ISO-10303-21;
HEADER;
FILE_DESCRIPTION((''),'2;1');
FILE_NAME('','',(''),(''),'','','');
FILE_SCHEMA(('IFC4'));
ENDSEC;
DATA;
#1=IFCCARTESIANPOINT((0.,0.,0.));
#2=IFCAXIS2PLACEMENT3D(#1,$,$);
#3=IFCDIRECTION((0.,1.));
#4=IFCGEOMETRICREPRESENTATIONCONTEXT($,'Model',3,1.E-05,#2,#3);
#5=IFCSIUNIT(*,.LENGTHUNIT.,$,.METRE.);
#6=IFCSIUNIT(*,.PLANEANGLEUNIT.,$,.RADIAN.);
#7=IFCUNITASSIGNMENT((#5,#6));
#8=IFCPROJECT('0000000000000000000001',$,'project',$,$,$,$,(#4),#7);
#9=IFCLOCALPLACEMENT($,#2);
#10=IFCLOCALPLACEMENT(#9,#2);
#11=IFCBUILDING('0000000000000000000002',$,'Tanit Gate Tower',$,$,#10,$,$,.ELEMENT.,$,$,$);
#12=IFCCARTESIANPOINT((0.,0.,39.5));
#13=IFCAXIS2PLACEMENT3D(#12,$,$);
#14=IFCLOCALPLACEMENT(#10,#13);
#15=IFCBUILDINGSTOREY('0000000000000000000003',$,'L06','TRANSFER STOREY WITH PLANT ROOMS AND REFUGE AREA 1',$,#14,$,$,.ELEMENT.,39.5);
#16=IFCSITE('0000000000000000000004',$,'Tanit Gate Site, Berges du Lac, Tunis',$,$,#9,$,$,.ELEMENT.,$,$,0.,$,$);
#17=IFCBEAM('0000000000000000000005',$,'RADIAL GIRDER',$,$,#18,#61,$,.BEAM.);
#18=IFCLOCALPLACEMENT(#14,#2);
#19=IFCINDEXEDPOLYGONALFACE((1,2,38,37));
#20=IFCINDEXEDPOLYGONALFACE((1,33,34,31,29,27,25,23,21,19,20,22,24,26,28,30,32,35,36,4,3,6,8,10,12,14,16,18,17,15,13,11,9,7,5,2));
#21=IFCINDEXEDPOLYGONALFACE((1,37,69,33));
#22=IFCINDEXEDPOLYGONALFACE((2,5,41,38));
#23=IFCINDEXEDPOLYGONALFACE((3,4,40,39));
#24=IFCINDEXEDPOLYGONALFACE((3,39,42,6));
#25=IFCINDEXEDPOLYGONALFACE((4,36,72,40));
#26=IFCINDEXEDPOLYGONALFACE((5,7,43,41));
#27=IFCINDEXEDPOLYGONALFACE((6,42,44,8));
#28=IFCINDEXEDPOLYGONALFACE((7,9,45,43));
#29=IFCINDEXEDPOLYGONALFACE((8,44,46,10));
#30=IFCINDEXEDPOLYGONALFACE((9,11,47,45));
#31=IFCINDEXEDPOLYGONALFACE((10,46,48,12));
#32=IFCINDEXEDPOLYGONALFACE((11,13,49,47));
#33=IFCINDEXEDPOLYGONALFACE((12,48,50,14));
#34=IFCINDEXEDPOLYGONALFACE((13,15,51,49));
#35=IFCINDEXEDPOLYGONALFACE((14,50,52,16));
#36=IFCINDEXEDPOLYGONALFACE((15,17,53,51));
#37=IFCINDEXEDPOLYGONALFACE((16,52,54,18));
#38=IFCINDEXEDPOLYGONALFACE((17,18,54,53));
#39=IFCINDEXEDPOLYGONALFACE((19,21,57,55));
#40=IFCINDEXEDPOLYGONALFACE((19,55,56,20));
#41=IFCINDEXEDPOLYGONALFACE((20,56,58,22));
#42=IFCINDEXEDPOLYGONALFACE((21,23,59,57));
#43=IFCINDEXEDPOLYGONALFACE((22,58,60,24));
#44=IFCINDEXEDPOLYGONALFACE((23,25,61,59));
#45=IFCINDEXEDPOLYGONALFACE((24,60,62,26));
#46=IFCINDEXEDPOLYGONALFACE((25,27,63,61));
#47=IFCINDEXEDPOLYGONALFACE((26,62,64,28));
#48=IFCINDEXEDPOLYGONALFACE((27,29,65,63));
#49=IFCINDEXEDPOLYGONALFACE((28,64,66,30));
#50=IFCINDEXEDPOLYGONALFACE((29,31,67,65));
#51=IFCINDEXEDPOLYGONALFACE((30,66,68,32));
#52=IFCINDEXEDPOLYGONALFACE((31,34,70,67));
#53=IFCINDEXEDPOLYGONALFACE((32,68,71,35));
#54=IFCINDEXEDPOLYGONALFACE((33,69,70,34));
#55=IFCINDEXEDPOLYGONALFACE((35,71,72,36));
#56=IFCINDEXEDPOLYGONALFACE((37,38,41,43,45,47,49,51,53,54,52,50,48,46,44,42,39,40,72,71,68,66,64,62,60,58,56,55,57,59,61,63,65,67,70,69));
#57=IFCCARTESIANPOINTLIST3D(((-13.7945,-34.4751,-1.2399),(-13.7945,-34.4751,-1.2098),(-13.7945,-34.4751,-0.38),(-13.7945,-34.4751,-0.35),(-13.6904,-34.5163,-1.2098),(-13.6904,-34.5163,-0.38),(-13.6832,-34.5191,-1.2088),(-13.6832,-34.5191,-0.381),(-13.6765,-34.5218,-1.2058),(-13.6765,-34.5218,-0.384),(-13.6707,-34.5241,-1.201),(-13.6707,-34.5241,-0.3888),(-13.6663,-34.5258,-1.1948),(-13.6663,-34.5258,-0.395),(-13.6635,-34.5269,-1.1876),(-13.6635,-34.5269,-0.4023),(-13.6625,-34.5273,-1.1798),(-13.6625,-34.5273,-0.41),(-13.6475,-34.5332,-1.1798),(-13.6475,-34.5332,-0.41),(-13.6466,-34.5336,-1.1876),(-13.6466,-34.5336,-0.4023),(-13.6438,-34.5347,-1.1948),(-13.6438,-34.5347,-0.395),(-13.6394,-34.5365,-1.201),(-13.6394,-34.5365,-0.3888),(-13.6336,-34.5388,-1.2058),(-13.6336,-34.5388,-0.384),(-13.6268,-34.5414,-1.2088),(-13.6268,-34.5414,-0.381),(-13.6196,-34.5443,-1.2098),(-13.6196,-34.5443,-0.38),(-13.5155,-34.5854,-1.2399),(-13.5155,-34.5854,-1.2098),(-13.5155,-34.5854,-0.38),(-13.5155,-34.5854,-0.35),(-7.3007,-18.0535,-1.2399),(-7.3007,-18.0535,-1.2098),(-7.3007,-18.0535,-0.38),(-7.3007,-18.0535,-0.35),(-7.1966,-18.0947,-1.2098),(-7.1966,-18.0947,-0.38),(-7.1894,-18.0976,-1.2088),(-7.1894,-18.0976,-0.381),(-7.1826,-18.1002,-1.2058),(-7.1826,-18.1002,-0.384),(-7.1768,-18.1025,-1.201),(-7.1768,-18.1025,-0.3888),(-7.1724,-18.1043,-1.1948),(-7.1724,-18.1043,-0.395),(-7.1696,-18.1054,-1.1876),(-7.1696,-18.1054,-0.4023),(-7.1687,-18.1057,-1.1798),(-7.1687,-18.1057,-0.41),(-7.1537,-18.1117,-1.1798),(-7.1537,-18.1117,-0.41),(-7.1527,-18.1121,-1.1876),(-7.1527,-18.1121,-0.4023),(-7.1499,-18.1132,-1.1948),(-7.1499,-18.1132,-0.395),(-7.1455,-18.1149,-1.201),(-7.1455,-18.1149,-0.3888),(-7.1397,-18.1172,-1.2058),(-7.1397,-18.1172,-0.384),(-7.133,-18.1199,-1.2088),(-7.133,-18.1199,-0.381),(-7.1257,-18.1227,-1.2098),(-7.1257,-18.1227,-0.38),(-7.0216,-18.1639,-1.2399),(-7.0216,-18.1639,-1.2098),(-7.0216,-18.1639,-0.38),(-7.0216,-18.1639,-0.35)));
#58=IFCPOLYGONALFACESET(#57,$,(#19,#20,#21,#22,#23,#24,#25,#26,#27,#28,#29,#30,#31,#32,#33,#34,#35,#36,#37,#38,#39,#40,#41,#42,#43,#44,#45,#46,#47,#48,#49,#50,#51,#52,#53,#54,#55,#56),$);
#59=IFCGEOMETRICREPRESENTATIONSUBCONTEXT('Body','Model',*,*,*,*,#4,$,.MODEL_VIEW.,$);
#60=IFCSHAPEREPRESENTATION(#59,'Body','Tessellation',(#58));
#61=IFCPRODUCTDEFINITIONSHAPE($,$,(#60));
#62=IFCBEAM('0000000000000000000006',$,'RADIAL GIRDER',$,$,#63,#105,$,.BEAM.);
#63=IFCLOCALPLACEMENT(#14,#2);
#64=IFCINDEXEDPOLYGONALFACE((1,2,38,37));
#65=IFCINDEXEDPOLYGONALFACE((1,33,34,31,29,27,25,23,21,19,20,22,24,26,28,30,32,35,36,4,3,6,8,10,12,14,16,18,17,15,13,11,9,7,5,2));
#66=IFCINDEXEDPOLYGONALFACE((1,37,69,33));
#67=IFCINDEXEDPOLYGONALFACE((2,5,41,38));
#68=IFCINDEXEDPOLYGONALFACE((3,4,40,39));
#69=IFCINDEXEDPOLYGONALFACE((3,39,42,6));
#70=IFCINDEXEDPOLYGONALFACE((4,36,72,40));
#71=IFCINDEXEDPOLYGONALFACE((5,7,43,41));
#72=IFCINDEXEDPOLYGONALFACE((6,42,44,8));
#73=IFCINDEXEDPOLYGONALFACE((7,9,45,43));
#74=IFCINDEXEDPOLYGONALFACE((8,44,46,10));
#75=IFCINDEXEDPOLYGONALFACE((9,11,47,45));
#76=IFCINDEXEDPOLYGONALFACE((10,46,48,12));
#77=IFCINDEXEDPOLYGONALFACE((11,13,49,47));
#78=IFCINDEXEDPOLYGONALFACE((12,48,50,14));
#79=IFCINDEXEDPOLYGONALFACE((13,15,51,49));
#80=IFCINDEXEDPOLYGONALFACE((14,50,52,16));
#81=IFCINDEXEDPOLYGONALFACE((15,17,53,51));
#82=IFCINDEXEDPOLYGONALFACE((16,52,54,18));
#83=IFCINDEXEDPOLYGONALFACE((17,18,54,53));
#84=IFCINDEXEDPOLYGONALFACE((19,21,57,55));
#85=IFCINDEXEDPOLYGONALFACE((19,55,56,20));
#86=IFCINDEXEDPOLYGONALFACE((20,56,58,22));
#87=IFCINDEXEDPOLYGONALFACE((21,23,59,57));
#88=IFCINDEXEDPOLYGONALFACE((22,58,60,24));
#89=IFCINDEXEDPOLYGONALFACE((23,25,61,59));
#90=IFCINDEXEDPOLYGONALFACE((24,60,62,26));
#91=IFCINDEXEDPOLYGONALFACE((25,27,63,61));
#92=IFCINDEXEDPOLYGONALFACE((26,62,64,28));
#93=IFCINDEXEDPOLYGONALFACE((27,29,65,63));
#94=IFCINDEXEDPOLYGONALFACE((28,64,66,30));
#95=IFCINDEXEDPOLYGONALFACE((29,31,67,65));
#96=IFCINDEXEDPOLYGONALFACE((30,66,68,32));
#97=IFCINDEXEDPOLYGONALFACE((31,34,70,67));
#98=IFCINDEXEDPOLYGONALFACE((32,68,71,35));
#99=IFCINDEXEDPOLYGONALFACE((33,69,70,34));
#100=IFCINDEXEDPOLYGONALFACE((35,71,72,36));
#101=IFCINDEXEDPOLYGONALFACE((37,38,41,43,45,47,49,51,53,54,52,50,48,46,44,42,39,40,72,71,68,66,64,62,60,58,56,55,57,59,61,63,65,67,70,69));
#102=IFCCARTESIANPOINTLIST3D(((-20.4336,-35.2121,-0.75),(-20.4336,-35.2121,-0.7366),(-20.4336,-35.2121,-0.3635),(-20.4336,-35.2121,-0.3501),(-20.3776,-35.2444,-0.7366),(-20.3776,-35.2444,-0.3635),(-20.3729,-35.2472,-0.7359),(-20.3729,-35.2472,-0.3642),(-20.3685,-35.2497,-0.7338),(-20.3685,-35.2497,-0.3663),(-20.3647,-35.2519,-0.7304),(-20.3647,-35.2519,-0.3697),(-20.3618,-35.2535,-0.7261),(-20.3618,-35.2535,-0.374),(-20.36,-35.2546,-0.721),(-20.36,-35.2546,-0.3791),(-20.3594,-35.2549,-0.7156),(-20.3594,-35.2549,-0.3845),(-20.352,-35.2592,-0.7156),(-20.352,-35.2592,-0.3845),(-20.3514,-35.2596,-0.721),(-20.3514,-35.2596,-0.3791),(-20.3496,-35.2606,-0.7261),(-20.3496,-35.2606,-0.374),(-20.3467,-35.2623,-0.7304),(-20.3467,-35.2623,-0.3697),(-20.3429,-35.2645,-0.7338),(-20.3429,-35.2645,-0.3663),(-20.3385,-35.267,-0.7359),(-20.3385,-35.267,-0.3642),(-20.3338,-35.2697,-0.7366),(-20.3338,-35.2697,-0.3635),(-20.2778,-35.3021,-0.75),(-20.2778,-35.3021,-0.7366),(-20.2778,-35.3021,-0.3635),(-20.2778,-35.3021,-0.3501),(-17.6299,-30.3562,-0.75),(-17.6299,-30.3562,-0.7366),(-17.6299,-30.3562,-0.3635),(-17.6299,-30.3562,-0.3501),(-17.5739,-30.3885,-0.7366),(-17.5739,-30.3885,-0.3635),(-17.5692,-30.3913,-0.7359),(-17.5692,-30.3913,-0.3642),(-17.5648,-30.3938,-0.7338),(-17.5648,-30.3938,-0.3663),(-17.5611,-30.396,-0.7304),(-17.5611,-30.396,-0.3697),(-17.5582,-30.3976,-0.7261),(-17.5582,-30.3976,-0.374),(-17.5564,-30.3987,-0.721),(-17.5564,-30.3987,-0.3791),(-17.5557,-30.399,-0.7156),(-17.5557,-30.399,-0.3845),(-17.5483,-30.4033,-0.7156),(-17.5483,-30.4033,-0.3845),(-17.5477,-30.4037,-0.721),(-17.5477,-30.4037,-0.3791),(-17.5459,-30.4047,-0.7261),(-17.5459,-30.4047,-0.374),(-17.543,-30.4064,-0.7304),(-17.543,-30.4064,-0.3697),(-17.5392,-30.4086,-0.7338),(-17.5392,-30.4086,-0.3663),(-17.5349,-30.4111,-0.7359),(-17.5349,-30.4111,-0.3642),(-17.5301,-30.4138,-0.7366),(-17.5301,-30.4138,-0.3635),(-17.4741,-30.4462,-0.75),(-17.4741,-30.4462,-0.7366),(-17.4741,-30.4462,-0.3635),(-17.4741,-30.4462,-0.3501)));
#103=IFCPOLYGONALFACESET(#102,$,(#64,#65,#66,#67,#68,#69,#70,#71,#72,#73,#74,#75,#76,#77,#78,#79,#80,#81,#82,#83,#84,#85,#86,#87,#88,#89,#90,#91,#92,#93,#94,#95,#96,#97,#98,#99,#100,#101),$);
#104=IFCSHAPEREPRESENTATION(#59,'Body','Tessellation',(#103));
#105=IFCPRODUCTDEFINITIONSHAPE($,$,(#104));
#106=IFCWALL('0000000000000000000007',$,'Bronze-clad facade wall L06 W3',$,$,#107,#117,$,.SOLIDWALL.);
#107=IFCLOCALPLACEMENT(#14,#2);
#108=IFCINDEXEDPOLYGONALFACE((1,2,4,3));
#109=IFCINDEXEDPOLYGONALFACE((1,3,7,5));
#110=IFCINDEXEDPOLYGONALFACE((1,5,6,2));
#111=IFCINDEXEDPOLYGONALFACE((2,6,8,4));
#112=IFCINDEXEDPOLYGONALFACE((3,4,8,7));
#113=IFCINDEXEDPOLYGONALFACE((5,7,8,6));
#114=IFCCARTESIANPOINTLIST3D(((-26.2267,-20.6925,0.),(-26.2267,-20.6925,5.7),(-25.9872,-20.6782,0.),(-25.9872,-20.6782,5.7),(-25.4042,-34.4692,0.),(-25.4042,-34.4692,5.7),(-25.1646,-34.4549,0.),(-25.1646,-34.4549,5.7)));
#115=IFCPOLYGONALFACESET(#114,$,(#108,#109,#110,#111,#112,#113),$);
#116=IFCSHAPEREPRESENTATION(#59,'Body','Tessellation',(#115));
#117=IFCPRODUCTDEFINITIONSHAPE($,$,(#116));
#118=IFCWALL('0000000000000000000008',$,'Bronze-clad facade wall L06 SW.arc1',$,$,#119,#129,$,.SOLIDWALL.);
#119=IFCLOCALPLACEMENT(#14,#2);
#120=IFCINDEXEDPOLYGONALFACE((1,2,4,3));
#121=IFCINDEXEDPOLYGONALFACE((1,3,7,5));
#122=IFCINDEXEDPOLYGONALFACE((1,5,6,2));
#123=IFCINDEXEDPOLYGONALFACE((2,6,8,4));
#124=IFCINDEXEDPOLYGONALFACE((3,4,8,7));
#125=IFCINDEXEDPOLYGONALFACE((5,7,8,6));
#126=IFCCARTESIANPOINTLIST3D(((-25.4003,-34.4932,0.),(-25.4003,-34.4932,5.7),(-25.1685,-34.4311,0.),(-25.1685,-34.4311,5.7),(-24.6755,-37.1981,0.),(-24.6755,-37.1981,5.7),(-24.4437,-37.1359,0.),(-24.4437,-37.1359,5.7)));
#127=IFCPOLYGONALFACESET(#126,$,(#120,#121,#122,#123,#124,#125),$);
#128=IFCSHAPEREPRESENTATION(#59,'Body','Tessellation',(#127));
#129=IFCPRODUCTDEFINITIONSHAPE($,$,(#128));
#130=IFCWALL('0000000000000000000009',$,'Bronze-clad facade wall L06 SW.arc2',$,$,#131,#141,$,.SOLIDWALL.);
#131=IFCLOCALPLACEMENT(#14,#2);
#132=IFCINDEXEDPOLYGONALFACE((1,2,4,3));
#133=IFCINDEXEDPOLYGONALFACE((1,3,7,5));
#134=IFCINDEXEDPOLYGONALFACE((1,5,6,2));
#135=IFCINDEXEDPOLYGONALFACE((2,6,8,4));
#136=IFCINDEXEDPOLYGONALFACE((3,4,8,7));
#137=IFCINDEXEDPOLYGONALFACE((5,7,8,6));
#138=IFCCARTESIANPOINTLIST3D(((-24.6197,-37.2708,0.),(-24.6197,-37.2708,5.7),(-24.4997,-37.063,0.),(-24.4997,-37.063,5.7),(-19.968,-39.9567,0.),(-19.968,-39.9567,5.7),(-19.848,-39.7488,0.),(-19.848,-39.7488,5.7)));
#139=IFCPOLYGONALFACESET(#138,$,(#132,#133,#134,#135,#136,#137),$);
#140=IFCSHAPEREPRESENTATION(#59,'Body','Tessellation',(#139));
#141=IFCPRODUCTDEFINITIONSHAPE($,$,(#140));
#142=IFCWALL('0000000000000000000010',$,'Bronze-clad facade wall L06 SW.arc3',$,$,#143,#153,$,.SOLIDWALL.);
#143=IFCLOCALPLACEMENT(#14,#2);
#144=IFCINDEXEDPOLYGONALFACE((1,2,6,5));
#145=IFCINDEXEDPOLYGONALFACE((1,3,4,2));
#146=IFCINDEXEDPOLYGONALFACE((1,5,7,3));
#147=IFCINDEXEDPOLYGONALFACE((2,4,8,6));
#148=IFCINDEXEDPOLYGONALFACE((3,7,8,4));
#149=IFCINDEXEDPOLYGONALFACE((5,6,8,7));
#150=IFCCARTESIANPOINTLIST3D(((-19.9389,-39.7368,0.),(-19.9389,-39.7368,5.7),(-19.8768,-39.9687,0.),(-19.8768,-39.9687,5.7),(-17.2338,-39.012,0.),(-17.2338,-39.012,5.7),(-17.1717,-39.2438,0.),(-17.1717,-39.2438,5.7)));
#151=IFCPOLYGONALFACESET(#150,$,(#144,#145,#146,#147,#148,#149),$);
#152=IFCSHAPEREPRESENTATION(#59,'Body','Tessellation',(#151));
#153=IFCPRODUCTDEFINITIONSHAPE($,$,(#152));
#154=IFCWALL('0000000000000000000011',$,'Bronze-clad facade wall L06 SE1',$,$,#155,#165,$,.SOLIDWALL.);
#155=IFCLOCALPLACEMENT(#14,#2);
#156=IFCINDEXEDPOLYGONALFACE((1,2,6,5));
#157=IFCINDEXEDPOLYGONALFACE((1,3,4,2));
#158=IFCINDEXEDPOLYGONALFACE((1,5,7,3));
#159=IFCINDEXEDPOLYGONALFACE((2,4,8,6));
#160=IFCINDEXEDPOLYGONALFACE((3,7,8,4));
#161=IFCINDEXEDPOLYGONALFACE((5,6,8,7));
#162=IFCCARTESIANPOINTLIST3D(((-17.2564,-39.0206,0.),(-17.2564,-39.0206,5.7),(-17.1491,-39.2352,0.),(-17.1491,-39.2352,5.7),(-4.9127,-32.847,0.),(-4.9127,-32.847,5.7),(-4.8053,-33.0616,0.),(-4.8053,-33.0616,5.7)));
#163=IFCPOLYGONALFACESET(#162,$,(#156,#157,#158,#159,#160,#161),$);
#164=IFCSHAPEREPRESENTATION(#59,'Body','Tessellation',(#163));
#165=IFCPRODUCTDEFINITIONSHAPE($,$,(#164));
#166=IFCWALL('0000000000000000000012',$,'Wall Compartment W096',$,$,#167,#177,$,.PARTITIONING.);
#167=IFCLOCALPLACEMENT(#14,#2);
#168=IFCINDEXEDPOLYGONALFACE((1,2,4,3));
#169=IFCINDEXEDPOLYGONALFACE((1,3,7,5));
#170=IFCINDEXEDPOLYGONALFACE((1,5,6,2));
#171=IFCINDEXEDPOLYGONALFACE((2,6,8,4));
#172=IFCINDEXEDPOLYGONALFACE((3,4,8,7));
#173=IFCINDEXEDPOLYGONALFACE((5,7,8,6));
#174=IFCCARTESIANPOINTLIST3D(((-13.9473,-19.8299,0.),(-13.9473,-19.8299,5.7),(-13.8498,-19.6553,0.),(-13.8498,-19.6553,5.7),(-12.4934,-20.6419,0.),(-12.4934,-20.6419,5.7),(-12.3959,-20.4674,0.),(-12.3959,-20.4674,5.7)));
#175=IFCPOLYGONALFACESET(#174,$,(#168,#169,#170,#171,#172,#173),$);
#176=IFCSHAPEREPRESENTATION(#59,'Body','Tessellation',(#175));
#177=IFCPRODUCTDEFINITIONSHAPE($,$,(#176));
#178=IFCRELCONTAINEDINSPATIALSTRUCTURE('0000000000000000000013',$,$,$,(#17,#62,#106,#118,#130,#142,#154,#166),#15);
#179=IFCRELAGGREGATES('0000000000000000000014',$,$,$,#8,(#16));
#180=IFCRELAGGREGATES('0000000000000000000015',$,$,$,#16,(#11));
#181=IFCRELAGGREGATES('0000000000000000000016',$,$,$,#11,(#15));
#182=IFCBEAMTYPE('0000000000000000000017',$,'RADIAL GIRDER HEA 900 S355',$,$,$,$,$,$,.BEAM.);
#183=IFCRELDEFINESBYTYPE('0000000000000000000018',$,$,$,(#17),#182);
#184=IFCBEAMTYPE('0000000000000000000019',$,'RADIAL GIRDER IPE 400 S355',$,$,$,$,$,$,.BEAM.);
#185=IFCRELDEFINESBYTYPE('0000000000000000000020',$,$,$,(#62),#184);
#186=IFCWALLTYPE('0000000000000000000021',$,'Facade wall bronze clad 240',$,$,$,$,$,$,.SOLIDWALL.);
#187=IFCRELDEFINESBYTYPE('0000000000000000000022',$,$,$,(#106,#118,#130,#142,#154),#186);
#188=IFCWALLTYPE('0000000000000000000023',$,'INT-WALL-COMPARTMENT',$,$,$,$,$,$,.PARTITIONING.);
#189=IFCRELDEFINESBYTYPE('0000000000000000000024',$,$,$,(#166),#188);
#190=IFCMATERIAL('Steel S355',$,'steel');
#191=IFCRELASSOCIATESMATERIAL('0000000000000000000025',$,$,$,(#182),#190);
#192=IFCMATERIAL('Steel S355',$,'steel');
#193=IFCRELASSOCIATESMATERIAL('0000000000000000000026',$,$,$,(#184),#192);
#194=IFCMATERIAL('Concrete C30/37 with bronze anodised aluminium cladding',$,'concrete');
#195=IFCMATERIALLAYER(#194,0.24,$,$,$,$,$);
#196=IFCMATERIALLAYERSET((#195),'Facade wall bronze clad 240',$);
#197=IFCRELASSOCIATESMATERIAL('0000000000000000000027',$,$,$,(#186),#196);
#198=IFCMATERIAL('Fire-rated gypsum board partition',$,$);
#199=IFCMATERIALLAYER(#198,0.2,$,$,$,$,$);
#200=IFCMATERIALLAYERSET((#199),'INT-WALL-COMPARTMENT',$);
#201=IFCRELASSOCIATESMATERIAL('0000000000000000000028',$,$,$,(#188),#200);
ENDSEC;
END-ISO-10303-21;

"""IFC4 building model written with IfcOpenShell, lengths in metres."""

from ifc_helpers import new_model, si_unit, direction, frame, frame_2d, origin, origin_2d, place, context, subcontext, project, spatial, rectangle, i_section, extrude, material, layer, layer_set, material_profile, profile_set, type_object, element, save


model = new_model("IFC4")

# Units and contexts
model_context = context("Model", 3, precision=1e-05, world=origin(), true_north=direction((0.0, 1.0)))
body_context = subcontext(model_context, "Body", "Model", "MODEL_VIEW")
ifc_project = project(units=[si_unit("LENGTHUNIT", "METRE"), si_unit("PLANEANGLEUNIT", "RADIAN")], contexts=[model_context])

# Site, building, storey
site_placement = place(None, origin())
site = spatial("IfcSite", under=ifc_project, at=site_placement, Name="Tanit Gate Site, Berges du Lac, Tunis", CompositionType="ELEMENT", RefElevation=0.0)
building_placement = place(site_placement, origin())
building = spatial("IfcBuilding", under=site, at=building_placement, Name="Tanit Gate Tower", CompositionType="ELEMENT")
storey_placement = place(building_placement, frame((0.0, 0.0, 39.5)))
storey = spatial("IfcBuildingStorey", under=building, at=storey_placement, Name="L06", Description="TRANSFER STOREY WITH PLANT ROOMS AND REFUGE AREA 1", CompositionType="ELEMENT", Elevation=39.5)

# Beams
ifc_material_1 = material(Name="Steel S355", Category="steel")
ifc_material_profile_1 = material_profile(ifc_material_1, i_section(OverallWidth=0.3, OverallDepth=0.8899, WebThickness=0.0161, FlangeThickness=0.03, FilletRadius=0.03, at=origin_2d()), Name="HEA 900")
ifc_profile_set_1 = profile_set([ifc_material_profile_1], Name="Steel S355")
beam_type_1 = type_object("IfcBeamType", Name="RADIAL GIRDER HEA 900 S355", PredefinedType="BEAM", material=ifc_profile_set_1)
for number, where, z_axis, x_axis, name in (
    (1, (-13.655, -34.5303, -0.7949), (0.367738, 0.929929, 0.0), (-0.929929, 0.367738, 0.0), "RADIAL GIRDER"),
):
    element("IfcBeam", number, at=place(storey_placement, frame(where, z_axis=z_axis, x_axis=x_axis)), inside=storey, type_object=beam_type_1, Name=name, PredefinedType="BEAM", context=body_context, shape_type="SweptSolid", body=[
        extrude(i_section(OverallWidth=0.3, OverallDepth=0.8899, WebThickness=0.0161, FlangeThickness=0.03, FilletRadius=0.03, at=origin_2d()), origin(), (0.0, 0.0, 1.0), 17.6589),
    ])
ifc_material_2 = material(Name="Steel S355", Category="steel")
ifc_material_profile_2 = material_profile(ifc_material_2, i_section(OverallWidth=0.1799, OverallDepth=0.3999, WebThickness=0.0085, FlangeThickness=0.0134, FilletRadius=0.021, at=origin_2d()), Name="IPE 400")
ifc_profile_set_2 = profile_set([ifc_material_profile_2], Name="Steel S355")
beam_type_2 = type_object("IfcBeamType", Name="RADIAL GIRDER IPE 400 S355", PredefinedType="BEAM", material=ifc_profile_set_2)
beam_1_placement = place(storey_placement, frame((-20.3557, -35.2571, -0.55), z_axis=(0.500016, 0.866016, 0.0), x_axis=(-0.866016, 0.500016, 0.0)))
element("IfcBeam", 2, at=beam_1_placement, inside=storey, type_object=beam_type_2, Name="RADIAL GIRDER", PredefinedType="BEAM", context=body_context, shape_type="SweptSolid", body=[
    extrude(i_section(OverallWidth=0.1799, OverallDepth=0.3999, WebThickness=0.0085, FlangeThickness=0.0134, FilletRadius=0.021, at=origin_2d()), origin(), (0.0, 0.0, 1.0), 5.6072),
])

# Walls
ifc_material_3 = material(Name="Concrete C30/37 with bronze anodised aluminium cladding", Category="concrete")
ifc_layer_1 = layer(ifc_material_3, 0.24)
ifc_layer_set_1 = layer_set([ifc_layer_1], Name="Facade wall bronze clad 240")
wall_type_1 = type_object("IfcWallType", Name="Facade wall bronze clad 240", PredefinedType="SOLIDWALL", material=ifc_layer_set_1)
wall_1_placement = place(storey_placement, frame((-26.1069, -20.6853, 0.0), z_axis=(0.0, 0.0, 1.0), x_axis=(0.059596, -0.998223, 0.0)))
element("IfcWall", 3, at=wall_1_placement, inside=storey, type_object=wall_type_1, Name="Bronze-clad facade wall L06 W3", PredefinedType="SOLIDWALL", context=body_context, shape_type="SweptSolid", body=[
    extrude(rectangle(XDim=13.8013, YDim=0.24, at=frame_2d((6.9006, 0.0))), origin(), (0.0, 0.0, 1.0), 5.7),
])
wall_2_placement = place(storey_placement, frame((-25.2844, -34.4622, 0.0), z_axis=(0.0, 0.0, 1.0), x_axis=(0.258851, -0.965917, 0.0)))
element("IfcWall", 4, at=wall_2_placement, inside=storey, type_object=wall_type_1, Name="Bronze-clad facade wall L06 SW.arc1", PredefinedType="SOLIDWALL", context=body_context, shape_type="SweptSolid", body=[
    extrude(rectangle(XDim=2.8003, YDim=0.24, at=frame_2d((1.4001, 0.0))), origin(), (0.0, 0.0, 1.0), 5.7),
])
wall_3_placement = place(storey_placement, frame((-24.5596, -37.167, 0.0), z_axis=(0.0, 0.0, 1.0), x_axis=(0.866011, -0.500025, 0.0)))
element("IfcWall", 5, at=wall_3_placement, inside=storey, type_object=wall_type_1, Name="Bronze-clad facade wall L06 SW.arc2", PredefinedType="SOLIDWALL", context=body_context, shape_type="SweptSolid", body=[
    extrude(rectangle(XDim=5.3713, YDim=0.24, at=frame_2d((2.6855, 0.0))), origin(), (0.0, 0.0, 1.0), 5.7),
])
wall_4_placement = place(storey_placement, frame((-19.908, -39.8528, 0.0), z_axis=(0.0, 0.0, 1.0), x_axis=(0.965923, 0.258829, 0.0)))
element("IfcWall", 6, at=wall_4_placement, inside=storey, type_object=wall_type_1, Name="Bronze-clad facade wall L06 SW.arc3", PredefinedType="SOLIDWALL", context=body_context, shape_type="SweptSolid", body=[
    extrude(rectangle(XDim=2.8005, YDim=0.24, at=frame_2d((1.4004, 0.0))), origin(), (0.0, 0.0, 1.0), 5.7),
])
wall_5_placement = place(storey_placement, frame((-17.2029, -39.1279, 0.0), z_axis=(0.0, 0.0, 1.0), x_axis=(0.894378, 0.447313, 0.0)))
element("IfcWall", 7, at=wall_5_placement, inside=storey, type_object=wall_type_1, Name="Bronze-clad facade wall L06 SE1", PredefinedType="SOLIDWALL", context=body_context, shape_type="SweptSolid", body=[
    extrude(rectangle(XDim=13.8015, YDim=0.24, at=frame_2d((6.9009, 0.0))), origin(), (0.0, 0.0, 1.0), 5.7),
])
ifc_material_4 = material(Name="Fire-rated gypsum board partition")
ifc_layer_2 = layer(ifc_material_4, 0.2)
ifc_layer_set_2 = layer_set([ifc_layer_2], Name="INT-WALL-COMPARTMENT")
wall_type_2 = type_object("IfcWallType", Name="INT-WALL-COMPARTMENT", PredefinedType="PARTITIONING", material=ifc_layer_set_2)
wall_6_placement = place(storey_placement, frame((-13.8984, -19.7427, 0.0), z_axis=(0.0, 0.0, 1.0), x_axis=(0.873055, -0.487621, 0.0)))
element("IfcWall", 8, at=wall_6_placement, inside=storey, type_object=wall_type_2, Name="Wall Compartment W096", PredefinedType="PARTITIONING", context=body_context, shape_type="SweptSolid", body=[
    extrude(rectangle(XDim=1.6653, YDim=0.2, at=frame_2d((0.8325, 0.0))), origin(), (0.0, 0.0, 1.0), 5.7),
])

save(model, "model.ifc")
